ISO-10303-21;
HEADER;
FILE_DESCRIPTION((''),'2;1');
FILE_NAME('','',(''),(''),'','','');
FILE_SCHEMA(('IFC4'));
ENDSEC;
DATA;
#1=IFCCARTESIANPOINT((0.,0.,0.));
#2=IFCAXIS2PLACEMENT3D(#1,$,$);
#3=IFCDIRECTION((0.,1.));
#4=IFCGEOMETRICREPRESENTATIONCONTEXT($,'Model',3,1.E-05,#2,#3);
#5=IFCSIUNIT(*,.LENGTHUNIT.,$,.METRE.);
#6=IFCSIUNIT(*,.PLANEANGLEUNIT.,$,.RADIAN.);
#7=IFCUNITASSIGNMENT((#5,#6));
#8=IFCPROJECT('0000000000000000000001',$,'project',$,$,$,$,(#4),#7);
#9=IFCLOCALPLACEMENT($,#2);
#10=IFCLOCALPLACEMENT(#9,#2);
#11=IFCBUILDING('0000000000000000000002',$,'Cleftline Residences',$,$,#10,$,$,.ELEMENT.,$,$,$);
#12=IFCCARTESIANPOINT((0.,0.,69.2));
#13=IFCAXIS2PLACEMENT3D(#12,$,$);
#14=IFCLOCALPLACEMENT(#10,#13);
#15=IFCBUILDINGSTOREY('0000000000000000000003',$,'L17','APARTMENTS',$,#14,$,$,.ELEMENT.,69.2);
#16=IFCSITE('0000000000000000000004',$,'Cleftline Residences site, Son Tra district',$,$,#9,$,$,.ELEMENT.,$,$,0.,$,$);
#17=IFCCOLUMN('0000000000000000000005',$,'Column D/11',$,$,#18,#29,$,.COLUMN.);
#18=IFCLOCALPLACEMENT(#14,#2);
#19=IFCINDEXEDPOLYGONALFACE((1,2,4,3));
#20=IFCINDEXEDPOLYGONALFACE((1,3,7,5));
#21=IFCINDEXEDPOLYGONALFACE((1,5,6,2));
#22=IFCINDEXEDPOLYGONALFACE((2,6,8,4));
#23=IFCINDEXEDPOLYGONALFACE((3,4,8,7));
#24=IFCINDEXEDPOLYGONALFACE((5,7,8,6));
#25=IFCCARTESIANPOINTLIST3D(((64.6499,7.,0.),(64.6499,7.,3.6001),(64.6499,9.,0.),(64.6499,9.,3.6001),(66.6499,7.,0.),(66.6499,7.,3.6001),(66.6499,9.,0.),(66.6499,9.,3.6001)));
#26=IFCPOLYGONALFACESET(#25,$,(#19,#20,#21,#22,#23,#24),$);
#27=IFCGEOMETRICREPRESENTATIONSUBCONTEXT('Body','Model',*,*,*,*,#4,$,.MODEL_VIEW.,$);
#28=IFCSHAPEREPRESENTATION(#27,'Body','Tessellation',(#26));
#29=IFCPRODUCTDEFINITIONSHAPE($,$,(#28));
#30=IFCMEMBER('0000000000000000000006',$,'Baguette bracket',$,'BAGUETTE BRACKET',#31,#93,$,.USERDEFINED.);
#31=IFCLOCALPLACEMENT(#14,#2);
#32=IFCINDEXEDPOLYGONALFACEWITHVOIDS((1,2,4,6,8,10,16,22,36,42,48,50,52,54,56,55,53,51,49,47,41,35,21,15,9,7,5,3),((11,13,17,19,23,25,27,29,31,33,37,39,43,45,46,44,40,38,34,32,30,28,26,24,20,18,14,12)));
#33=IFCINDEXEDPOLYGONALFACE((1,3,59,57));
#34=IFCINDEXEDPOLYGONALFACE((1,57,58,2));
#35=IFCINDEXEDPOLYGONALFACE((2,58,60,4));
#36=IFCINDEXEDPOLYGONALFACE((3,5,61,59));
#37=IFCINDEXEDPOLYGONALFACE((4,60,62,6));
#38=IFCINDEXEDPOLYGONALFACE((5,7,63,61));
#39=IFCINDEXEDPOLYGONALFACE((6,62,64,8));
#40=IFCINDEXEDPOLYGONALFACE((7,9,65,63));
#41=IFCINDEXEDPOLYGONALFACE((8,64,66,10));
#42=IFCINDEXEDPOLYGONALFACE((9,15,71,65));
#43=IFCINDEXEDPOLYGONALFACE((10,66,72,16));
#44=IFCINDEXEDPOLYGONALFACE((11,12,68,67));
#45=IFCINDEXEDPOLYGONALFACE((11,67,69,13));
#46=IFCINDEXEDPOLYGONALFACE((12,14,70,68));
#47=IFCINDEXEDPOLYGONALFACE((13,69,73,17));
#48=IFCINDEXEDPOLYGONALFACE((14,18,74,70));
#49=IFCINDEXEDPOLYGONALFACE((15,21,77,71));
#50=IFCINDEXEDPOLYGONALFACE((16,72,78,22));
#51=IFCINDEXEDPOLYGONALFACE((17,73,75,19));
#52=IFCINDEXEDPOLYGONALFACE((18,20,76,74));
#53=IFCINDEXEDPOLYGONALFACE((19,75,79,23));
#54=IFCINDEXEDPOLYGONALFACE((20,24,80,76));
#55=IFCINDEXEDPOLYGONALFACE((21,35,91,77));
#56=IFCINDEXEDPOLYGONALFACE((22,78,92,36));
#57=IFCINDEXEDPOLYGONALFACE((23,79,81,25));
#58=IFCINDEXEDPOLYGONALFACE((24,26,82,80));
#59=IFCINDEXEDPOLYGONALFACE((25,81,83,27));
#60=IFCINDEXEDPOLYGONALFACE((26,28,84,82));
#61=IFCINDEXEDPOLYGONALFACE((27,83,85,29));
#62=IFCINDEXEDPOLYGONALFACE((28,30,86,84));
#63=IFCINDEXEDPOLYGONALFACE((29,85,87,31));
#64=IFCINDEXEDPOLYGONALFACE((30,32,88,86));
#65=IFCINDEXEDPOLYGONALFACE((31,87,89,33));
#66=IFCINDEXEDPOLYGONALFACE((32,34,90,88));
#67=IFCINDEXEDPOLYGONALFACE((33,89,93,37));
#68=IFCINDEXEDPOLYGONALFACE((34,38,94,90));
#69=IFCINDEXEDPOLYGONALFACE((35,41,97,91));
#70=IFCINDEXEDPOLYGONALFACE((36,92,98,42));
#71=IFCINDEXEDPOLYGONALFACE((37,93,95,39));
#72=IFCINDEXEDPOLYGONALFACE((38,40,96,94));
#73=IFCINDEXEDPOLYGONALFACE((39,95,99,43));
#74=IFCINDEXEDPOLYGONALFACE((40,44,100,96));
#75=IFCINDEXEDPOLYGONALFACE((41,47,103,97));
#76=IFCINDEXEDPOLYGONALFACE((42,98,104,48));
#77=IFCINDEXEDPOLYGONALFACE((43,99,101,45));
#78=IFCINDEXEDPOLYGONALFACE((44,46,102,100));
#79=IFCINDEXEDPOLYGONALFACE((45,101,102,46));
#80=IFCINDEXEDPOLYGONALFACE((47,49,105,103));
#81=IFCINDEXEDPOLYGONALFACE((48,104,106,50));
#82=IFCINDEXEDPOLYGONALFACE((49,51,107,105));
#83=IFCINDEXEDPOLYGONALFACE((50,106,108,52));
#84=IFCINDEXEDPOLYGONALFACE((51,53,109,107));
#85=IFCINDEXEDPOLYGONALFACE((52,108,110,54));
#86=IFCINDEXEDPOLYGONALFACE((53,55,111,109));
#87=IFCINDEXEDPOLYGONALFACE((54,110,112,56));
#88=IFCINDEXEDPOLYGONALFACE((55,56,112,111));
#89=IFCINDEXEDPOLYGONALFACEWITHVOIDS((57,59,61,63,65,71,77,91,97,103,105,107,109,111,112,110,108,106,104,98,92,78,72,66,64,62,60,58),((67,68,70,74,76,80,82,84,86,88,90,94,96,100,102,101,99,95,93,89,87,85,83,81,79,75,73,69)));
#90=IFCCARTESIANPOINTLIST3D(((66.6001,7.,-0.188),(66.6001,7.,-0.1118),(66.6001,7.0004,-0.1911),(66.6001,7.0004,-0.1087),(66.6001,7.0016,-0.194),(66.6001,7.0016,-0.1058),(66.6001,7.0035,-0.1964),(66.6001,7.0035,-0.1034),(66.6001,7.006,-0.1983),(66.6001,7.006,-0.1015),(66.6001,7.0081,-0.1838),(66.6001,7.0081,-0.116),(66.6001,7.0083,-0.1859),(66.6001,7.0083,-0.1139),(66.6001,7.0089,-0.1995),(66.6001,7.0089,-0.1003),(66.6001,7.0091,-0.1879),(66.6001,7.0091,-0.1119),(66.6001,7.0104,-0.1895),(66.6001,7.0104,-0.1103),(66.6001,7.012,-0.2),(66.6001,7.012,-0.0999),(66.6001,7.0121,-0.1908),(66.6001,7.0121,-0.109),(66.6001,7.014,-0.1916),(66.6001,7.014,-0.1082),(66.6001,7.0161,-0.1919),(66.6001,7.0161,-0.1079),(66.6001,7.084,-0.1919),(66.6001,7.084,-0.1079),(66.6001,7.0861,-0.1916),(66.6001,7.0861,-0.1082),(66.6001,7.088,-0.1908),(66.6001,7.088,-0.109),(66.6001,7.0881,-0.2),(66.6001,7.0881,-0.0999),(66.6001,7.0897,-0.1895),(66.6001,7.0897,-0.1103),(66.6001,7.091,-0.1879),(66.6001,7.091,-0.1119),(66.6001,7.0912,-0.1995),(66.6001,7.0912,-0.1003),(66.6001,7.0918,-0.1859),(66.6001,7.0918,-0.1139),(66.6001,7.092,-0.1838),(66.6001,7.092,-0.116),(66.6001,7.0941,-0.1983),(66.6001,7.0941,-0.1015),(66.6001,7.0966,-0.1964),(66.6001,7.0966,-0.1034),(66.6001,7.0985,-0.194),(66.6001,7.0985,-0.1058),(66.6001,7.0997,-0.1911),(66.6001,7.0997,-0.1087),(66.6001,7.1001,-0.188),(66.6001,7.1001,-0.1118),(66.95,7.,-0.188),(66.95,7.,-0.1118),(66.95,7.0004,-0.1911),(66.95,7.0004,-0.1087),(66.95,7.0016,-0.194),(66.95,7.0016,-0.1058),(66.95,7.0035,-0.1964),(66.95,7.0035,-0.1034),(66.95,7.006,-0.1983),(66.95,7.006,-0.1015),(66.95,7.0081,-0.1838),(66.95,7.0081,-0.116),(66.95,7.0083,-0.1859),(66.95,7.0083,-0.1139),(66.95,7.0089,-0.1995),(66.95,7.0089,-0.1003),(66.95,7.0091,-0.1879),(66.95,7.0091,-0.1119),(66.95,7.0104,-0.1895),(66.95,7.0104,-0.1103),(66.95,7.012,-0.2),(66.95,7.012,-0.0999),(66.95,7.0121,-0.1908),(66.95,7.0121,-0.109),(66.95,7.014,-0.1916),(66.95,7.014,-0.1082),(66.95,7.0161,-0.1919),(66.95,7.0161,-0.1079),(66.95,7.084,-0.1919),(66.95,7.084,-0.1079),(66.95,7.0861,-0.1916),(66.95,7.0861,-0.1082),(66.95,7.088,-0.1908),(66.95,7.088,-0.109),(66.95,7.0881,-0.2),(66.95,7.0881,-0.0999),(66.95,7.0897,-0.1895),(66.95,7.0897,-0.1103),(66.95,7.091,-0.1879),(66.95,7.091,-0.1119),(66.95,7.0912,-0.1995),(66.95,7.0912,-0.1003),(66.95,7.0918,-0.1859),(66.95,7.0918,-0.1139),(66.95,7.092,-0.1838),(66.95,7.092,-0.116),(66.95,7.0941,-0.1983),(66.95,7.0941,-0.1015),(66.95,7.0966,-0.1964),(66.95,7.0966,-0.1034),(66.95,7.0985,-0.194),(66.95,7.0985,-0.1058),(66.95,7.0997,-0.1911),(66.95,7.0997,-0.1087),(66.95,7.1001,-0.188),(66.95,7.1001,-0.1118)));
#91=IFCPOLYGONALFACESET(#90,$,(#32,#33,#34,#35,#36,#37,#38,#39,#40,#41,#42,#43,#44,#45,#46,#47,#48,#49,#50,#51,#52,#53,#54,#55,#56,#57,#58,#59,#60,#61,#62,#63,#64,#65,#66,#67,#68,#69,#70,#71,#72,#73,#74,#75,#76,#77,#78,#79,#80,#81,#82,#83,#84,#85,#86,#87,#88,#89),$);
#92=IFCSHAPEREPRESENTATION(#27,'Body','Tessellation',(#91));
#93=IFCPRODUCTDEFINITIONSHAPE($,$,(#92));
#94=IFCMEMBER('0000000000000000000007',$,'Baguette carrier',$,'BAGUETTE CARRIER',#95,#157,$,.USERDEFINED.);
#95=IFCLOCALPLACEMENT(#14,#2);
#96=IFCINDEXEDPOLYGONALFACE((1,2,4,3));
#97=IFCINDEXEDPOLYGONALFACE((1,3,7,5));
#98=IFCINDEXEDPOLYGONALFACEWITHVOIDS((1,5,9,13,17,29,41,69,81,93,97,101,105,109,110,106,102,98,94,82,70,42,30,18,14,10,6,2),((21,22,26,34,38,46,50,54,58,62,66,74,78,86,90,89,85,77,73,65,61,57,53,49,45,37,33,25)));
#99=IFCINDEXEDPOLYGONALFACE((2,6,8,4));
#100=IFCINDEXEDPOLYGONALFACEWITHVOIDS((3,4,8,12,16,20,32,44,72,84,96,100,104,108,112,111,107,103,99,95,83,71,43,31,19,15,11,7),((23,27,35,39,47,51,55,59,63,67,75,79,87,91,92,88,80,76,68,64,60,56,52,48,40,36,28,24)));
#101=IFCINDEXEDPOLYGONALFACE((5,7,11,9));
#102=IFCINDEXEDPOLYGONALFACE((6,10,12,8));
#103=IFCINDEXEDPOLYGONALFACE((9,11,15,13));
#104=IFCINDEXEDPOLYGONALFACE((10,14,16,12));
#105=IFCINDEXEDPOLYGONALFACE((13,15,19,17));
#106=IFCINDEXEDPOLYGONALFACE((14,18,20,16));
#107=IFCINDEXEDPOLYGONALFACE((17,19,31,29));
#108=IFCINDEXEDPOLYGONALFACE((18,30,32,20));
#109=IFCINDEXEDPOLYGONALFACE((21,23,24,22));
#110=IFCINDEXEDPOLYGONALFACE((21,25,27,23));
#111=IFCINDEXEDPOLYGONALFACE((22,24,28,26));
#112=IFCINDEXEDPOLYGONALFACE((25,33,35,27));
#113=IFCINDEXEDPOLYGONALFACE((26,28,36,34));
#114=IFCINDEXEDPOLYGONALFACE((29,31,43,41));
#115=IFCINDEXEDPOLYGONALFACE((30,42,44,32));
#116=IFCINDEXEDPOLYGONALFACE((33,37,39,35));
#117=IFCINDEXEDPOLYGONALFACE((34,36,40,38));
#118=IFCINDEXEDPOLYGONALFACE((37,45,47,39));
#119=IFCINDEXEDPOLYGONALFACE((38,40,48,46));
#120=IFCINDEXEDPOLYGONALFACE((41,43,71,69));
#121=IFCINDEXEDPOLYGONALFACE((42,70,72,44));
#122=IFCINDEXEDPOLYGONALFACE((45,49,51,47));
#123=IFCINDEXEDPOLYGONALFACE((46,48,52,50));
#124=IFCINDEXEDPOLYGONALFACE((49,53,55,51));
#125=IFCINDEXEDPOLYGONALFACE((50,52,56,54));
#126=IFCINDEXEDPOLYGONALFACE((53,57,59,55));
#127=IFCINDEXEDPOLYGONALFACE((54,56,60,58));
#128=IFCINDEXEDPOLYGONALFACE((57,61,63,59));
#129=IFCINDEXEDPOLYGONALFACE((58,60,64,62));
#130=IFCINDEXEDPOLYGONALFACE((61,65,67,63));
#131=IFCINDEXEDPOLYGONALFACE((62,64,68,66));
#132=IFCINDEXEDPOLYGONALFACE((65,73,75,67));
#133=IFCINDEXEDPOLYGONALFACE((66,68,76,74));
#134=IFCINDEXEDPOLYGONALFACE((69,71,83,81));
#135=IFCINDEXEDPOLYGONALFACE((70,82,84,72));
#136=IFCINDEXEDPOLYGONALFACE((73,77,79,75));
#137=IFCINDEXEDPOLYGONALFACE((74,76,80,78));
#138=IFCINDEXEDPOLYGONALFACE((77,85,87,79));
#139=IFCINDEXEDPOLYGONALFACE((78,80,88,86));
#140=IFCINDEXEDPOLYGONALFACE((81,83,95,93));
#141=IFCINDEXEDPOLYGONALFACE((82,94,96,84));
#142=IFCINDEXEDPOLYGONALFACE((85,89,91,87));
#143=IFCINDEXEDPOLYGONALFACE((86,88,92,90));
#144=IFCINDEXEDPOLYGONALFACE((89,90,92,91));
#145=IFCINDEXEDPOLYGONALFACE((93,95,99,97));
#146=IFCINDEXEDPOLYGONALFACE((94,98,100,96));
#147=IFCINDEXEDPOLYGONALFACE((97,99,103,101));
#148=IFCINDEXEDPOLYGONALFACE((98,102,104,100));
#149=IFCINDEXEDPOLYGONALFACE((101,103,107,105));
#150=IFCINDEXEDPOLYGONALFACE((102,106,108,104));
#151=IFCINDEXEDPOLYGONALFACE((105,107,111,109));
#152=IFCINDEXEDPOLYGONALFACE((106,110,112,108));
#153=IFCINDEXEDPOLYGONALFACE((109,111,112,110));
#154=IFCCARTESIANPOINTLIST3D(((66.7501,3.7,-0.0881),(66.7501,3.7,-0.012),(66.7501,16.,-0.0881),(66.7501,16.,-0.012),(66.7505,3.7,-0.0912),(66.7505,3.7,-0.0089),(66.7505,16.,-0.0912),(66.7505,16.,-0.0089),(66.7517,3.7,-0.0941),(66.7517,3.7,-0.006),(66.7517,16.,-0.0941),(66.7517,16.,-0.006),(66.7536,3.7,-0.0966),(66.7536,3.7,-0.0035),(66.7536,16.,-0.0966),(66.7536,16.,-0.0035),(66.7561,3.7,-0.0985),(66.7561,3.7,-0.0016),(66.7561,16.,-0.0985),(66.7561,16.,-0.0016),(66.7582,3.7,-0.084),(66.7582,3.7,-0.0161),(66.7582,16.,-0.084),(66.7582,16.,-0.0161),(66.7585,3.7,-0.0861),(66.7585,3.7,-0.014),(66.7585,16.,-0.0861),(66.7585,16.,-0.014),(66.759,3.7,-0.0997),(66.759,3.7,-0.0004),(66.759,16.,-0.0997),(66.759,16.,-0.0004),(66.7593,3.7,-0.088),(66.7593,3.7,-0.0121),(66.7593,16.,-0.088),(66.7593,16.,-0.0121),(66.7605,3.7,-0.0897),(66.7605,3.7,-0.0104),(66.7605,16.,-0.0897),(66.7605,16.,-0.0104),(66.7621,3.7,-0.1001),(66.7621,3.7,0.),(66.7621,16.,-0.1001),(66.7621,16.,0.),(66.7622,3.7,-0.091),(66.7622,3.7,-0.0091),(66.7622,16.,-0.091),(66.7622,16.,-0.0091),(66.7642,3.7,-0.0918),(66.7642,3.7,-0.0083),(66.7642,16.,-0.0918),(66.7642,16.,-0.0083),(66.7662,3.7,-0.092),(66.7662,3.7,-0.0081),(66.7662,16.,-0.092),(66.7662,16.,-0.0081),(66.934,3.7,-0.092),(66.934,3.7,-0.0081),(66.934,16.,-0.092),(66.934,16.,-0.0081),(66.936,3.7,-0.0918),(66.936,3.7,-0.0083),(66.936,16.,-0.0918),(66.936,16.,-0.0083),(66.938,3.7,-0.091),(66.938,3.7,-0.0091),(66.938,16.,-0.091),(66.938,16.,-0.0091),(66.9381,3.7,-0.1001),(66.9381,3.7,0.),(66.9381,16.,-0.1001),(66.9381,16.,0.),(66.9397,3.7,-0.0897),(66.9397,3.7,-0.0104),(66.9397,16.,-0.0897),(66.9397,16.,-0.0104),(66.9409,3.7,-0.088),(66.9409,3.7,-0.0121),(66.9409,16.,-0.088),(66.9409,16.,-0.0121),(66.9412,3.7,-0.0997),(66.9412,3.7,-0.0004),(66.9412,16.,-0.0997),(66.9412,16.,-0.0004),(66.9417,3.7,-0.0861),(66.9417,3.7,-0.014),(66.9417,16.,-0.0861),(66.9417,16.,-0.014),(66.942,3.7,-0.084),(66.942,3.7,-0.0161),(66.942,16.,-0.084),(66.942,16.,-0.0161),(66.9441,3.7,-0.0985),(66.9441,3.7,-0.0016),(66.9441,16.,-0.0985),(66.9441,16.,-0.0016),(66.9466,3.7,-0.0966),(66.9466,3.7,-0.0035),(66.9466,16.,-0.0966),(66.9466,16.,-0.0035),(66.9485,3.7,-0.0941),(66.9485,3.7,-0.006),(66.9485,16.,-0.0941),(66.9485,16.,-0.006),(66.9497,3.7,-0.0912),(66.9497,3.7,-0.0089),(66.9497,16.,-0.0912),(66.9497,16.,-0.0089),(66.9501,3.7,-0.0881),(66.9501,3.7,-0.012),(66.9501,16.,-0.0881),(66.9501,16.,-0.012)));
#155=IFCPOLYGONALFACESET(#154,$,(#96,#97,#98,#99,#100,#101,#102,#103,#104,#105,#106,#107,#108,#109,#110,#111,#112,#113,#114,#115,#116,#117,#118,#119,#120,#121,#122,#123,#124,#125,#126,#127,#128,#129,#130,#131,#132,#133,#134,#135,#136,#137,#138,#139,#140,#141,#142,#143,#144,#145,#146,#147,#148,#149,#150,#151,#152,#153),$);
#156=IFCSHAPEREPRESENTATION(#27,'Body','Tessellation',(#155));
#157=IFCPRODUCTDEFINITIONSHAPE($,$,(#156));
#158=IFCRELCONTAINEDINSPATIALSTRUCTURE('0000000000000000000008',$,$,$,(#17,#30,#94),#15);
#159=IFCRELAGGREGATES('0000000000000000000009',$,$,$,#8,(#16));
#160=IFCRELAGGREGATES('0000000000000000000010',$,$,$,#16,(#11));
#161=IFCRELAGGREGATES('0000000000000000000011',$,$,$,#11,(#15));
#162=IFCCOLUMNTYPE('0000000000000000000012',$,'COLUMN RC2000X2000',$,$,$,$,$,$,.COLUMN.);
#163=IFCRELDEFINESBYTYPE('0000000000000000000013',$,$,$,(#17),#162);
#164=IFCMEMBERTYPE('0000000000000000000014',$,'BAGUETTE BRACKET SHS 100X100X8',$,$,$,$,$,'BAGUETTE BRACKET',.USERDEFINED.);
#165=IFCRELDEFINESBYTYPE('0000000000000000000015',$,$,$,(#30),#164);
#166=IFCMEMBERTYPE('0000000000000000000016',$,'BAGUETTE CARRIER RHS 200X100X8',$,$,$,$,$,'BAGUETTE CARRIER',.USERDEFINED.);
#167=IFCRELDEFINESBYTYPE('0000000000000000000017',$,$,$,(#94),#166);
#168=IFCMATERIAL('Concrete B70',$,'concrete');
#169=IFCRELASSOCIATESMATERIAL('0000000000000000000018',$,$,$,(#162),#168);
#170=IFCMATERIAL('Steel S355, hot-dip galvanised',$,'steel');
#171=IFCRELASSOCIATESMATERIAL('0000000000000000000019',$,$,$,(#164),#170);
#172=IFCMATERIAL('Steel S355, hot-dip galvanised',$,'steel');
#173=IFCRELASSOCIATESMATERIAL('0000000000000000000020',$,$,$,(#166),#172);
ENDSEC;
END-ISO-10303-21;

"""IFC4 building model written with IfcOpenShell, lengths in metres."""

from ifc_helpers import new_model, si_unit, direction, frame, origin, origin_2d, place, context, subcontext, project, spatial, rectangle, hollow_rectangle, extrude, material, material_profile, profile_set, type_object, element, save


model = new_model("IFC4")

# Units and contexts
model_context = context("Model", 3, precision=1e-05, world=origin(), true_north=direction((0.0, 1.0)))
body_context = subcontext(model_context, "Body", "Model", "MODEL_VIEW")
ifc_project = project(units=[si_unit("LENGTHUNIT", "METRE"), si_unit("PLANEANGLEUNIT", "RADIAN")], contexts=[model_context])

# Site, building, storey
site_placement = place(None, origin())
site = spatial("IfcSite", under=ifc_project, at=site_placement, Name="Cleftline Residences site, Son Tra district", CompositionType="ELEMENT", RefElevation=0.0)
building_placement = place(site_placement, origin())
building = spatial("IfcBuilding", under=site, at=building_placement, Name="Cleftline Residences", CompositionType="ELEMENT")
storey_placement = place(building_placement, frame((0.0, 0.0, 69.2)))
storey = spatial("IfcBuildingStorey", under=building, at=storey_placement, Name="L17", Description="APARTMENTS", CompositionType="ELEMENT", Elevation=69.2)

# Column
ifc_material_1 = material(Name="Concrete B70", Category="concrete")
ifc_material_profile_1 = material_profile(ifc_material_1, rectangle(XDim=2.0, YDim=2.0, at=origin_2d()))
ifc_profile_set_1 = profile_set([ifc_material_profile_1], Name="Concrete B70")
column_type = type_object("IfcColumnType", Name="COLUMN RC2000X2000", PredefinedType="COLUMN", material=ifc_profile_set_1)
column_placement = place(storey_placement, frame((65.6499, 8.0, 0.0), z_axis=(0.0, 0.0, 1.0), x_axis=(1.0, 0.0, 0.0)))
element("IfcColumn", 1, at=column_placement, inside=storey, type_object=column_type, Name="Column D/11", PredefinedType="COLUMN", context=body_context, shape_type="SweptSolid", body=[
    extrude(rectangle(XDim=2.0, YDim=2.0, at=origin_2d()), origin(), (0.0, 0.0, 1.0), 3.6001),
])

# Members
ifc_material_2 = material(Name="Steel S355, hot-dip galvanised", Category="steel")
ifc_material_profile_2 = material_profile(ifc_material_2, hollow_rectangle(XDim=0.1001, YDim=0.1001, WallThickness=0.0081, InnerFilletRadius=0.0081, OuterFilletRadius=0.012, at=origin_2d()))
ifc_profile_set_2 = profile_set([ifc_material_profile_2], Name="Steel S355, hot-dip galvanised")
member_type_1 = type_object("IfcMemberType", Name="BAGUETTE BRACKET SHS 100X100X8", ElementType="BAGUETTE BRACKET", PredefinedType="USERDEFINED", material=ifc_profile_set_2)
member_1_placement = place(storey_placement, frame((66.6001, 7.05, -0.1499), z_axis=(1.0, 0.0, 0.0), x_axis=(0.0, 1.0, 0.0)))
element("IfcMember", 2, at=member_1_placement, inside=storey, type_object=member_type_1, Name="Baguette bracket", ObjectType="BAGUETTE BRACKET", PredefinedType="USERDEFINED", context=body_context, shape_type="SweptSolid", body=[
    extrude(hollow_rectangle(XDim=0.1001, YDim=0.1001, WallThickness=0.0081, InnerFilletRadius=0.0081, OuterFilletRadius=0.012, at=origin_2d()), origin(), (0.0, 0.0, 1.0), 0.3499),
])
ifc_material_3 = material(Name="Steel S355, hot-dip galvanised", Category="steel")
ifc_material_profile_3 = material_profile(ifc_material_3, hollow_rectangle(XDim=0.1001, YDim=0.2, WallThickness=0.0081, InnerFilletRadius=0.0081, OuterFilletRadius=0.012, at=origin_2d()))
ifc_profile_set_3 = profile_set([ifc_material_profile_3], Name="Steel S355, hot-dip galvanised")
member_type_2 = type_object("IfcMemberType", Name="BAGUETTE CARRIER RHS 200X100X8", ElementType="BAGUETTE CARRIER", PredefinedType="USERDEFINED", material=ifc_profile_set_3)
member_2_placement = place(storey_placement, frame((66.8501, 3.7, -0.05), z_axis=(0.0, 1.0, 0.0), x_axis=(0.0, 0.0, 1.0)))
element("IfcMember", 3, at=member_2_placement, inside=storey, type_object=member_type_2, Name="Baguette carrier", ObjectType="BAGUETTE CARRIER", PredefinedType="USERDEFINED", context=body_context, shape_type="SweptSolid", body=[
    extrude(hollow_rectangle(XDim=0.1001, YDim=0.2, WallThickness=0.0081, InnerFilletRadius=0.0081, OuterFilletRadius=0.012, at=origin_2d()), origin(), (0.0, 0.0, 1.0), 12.3),
])

save(model, "model.ifc")
